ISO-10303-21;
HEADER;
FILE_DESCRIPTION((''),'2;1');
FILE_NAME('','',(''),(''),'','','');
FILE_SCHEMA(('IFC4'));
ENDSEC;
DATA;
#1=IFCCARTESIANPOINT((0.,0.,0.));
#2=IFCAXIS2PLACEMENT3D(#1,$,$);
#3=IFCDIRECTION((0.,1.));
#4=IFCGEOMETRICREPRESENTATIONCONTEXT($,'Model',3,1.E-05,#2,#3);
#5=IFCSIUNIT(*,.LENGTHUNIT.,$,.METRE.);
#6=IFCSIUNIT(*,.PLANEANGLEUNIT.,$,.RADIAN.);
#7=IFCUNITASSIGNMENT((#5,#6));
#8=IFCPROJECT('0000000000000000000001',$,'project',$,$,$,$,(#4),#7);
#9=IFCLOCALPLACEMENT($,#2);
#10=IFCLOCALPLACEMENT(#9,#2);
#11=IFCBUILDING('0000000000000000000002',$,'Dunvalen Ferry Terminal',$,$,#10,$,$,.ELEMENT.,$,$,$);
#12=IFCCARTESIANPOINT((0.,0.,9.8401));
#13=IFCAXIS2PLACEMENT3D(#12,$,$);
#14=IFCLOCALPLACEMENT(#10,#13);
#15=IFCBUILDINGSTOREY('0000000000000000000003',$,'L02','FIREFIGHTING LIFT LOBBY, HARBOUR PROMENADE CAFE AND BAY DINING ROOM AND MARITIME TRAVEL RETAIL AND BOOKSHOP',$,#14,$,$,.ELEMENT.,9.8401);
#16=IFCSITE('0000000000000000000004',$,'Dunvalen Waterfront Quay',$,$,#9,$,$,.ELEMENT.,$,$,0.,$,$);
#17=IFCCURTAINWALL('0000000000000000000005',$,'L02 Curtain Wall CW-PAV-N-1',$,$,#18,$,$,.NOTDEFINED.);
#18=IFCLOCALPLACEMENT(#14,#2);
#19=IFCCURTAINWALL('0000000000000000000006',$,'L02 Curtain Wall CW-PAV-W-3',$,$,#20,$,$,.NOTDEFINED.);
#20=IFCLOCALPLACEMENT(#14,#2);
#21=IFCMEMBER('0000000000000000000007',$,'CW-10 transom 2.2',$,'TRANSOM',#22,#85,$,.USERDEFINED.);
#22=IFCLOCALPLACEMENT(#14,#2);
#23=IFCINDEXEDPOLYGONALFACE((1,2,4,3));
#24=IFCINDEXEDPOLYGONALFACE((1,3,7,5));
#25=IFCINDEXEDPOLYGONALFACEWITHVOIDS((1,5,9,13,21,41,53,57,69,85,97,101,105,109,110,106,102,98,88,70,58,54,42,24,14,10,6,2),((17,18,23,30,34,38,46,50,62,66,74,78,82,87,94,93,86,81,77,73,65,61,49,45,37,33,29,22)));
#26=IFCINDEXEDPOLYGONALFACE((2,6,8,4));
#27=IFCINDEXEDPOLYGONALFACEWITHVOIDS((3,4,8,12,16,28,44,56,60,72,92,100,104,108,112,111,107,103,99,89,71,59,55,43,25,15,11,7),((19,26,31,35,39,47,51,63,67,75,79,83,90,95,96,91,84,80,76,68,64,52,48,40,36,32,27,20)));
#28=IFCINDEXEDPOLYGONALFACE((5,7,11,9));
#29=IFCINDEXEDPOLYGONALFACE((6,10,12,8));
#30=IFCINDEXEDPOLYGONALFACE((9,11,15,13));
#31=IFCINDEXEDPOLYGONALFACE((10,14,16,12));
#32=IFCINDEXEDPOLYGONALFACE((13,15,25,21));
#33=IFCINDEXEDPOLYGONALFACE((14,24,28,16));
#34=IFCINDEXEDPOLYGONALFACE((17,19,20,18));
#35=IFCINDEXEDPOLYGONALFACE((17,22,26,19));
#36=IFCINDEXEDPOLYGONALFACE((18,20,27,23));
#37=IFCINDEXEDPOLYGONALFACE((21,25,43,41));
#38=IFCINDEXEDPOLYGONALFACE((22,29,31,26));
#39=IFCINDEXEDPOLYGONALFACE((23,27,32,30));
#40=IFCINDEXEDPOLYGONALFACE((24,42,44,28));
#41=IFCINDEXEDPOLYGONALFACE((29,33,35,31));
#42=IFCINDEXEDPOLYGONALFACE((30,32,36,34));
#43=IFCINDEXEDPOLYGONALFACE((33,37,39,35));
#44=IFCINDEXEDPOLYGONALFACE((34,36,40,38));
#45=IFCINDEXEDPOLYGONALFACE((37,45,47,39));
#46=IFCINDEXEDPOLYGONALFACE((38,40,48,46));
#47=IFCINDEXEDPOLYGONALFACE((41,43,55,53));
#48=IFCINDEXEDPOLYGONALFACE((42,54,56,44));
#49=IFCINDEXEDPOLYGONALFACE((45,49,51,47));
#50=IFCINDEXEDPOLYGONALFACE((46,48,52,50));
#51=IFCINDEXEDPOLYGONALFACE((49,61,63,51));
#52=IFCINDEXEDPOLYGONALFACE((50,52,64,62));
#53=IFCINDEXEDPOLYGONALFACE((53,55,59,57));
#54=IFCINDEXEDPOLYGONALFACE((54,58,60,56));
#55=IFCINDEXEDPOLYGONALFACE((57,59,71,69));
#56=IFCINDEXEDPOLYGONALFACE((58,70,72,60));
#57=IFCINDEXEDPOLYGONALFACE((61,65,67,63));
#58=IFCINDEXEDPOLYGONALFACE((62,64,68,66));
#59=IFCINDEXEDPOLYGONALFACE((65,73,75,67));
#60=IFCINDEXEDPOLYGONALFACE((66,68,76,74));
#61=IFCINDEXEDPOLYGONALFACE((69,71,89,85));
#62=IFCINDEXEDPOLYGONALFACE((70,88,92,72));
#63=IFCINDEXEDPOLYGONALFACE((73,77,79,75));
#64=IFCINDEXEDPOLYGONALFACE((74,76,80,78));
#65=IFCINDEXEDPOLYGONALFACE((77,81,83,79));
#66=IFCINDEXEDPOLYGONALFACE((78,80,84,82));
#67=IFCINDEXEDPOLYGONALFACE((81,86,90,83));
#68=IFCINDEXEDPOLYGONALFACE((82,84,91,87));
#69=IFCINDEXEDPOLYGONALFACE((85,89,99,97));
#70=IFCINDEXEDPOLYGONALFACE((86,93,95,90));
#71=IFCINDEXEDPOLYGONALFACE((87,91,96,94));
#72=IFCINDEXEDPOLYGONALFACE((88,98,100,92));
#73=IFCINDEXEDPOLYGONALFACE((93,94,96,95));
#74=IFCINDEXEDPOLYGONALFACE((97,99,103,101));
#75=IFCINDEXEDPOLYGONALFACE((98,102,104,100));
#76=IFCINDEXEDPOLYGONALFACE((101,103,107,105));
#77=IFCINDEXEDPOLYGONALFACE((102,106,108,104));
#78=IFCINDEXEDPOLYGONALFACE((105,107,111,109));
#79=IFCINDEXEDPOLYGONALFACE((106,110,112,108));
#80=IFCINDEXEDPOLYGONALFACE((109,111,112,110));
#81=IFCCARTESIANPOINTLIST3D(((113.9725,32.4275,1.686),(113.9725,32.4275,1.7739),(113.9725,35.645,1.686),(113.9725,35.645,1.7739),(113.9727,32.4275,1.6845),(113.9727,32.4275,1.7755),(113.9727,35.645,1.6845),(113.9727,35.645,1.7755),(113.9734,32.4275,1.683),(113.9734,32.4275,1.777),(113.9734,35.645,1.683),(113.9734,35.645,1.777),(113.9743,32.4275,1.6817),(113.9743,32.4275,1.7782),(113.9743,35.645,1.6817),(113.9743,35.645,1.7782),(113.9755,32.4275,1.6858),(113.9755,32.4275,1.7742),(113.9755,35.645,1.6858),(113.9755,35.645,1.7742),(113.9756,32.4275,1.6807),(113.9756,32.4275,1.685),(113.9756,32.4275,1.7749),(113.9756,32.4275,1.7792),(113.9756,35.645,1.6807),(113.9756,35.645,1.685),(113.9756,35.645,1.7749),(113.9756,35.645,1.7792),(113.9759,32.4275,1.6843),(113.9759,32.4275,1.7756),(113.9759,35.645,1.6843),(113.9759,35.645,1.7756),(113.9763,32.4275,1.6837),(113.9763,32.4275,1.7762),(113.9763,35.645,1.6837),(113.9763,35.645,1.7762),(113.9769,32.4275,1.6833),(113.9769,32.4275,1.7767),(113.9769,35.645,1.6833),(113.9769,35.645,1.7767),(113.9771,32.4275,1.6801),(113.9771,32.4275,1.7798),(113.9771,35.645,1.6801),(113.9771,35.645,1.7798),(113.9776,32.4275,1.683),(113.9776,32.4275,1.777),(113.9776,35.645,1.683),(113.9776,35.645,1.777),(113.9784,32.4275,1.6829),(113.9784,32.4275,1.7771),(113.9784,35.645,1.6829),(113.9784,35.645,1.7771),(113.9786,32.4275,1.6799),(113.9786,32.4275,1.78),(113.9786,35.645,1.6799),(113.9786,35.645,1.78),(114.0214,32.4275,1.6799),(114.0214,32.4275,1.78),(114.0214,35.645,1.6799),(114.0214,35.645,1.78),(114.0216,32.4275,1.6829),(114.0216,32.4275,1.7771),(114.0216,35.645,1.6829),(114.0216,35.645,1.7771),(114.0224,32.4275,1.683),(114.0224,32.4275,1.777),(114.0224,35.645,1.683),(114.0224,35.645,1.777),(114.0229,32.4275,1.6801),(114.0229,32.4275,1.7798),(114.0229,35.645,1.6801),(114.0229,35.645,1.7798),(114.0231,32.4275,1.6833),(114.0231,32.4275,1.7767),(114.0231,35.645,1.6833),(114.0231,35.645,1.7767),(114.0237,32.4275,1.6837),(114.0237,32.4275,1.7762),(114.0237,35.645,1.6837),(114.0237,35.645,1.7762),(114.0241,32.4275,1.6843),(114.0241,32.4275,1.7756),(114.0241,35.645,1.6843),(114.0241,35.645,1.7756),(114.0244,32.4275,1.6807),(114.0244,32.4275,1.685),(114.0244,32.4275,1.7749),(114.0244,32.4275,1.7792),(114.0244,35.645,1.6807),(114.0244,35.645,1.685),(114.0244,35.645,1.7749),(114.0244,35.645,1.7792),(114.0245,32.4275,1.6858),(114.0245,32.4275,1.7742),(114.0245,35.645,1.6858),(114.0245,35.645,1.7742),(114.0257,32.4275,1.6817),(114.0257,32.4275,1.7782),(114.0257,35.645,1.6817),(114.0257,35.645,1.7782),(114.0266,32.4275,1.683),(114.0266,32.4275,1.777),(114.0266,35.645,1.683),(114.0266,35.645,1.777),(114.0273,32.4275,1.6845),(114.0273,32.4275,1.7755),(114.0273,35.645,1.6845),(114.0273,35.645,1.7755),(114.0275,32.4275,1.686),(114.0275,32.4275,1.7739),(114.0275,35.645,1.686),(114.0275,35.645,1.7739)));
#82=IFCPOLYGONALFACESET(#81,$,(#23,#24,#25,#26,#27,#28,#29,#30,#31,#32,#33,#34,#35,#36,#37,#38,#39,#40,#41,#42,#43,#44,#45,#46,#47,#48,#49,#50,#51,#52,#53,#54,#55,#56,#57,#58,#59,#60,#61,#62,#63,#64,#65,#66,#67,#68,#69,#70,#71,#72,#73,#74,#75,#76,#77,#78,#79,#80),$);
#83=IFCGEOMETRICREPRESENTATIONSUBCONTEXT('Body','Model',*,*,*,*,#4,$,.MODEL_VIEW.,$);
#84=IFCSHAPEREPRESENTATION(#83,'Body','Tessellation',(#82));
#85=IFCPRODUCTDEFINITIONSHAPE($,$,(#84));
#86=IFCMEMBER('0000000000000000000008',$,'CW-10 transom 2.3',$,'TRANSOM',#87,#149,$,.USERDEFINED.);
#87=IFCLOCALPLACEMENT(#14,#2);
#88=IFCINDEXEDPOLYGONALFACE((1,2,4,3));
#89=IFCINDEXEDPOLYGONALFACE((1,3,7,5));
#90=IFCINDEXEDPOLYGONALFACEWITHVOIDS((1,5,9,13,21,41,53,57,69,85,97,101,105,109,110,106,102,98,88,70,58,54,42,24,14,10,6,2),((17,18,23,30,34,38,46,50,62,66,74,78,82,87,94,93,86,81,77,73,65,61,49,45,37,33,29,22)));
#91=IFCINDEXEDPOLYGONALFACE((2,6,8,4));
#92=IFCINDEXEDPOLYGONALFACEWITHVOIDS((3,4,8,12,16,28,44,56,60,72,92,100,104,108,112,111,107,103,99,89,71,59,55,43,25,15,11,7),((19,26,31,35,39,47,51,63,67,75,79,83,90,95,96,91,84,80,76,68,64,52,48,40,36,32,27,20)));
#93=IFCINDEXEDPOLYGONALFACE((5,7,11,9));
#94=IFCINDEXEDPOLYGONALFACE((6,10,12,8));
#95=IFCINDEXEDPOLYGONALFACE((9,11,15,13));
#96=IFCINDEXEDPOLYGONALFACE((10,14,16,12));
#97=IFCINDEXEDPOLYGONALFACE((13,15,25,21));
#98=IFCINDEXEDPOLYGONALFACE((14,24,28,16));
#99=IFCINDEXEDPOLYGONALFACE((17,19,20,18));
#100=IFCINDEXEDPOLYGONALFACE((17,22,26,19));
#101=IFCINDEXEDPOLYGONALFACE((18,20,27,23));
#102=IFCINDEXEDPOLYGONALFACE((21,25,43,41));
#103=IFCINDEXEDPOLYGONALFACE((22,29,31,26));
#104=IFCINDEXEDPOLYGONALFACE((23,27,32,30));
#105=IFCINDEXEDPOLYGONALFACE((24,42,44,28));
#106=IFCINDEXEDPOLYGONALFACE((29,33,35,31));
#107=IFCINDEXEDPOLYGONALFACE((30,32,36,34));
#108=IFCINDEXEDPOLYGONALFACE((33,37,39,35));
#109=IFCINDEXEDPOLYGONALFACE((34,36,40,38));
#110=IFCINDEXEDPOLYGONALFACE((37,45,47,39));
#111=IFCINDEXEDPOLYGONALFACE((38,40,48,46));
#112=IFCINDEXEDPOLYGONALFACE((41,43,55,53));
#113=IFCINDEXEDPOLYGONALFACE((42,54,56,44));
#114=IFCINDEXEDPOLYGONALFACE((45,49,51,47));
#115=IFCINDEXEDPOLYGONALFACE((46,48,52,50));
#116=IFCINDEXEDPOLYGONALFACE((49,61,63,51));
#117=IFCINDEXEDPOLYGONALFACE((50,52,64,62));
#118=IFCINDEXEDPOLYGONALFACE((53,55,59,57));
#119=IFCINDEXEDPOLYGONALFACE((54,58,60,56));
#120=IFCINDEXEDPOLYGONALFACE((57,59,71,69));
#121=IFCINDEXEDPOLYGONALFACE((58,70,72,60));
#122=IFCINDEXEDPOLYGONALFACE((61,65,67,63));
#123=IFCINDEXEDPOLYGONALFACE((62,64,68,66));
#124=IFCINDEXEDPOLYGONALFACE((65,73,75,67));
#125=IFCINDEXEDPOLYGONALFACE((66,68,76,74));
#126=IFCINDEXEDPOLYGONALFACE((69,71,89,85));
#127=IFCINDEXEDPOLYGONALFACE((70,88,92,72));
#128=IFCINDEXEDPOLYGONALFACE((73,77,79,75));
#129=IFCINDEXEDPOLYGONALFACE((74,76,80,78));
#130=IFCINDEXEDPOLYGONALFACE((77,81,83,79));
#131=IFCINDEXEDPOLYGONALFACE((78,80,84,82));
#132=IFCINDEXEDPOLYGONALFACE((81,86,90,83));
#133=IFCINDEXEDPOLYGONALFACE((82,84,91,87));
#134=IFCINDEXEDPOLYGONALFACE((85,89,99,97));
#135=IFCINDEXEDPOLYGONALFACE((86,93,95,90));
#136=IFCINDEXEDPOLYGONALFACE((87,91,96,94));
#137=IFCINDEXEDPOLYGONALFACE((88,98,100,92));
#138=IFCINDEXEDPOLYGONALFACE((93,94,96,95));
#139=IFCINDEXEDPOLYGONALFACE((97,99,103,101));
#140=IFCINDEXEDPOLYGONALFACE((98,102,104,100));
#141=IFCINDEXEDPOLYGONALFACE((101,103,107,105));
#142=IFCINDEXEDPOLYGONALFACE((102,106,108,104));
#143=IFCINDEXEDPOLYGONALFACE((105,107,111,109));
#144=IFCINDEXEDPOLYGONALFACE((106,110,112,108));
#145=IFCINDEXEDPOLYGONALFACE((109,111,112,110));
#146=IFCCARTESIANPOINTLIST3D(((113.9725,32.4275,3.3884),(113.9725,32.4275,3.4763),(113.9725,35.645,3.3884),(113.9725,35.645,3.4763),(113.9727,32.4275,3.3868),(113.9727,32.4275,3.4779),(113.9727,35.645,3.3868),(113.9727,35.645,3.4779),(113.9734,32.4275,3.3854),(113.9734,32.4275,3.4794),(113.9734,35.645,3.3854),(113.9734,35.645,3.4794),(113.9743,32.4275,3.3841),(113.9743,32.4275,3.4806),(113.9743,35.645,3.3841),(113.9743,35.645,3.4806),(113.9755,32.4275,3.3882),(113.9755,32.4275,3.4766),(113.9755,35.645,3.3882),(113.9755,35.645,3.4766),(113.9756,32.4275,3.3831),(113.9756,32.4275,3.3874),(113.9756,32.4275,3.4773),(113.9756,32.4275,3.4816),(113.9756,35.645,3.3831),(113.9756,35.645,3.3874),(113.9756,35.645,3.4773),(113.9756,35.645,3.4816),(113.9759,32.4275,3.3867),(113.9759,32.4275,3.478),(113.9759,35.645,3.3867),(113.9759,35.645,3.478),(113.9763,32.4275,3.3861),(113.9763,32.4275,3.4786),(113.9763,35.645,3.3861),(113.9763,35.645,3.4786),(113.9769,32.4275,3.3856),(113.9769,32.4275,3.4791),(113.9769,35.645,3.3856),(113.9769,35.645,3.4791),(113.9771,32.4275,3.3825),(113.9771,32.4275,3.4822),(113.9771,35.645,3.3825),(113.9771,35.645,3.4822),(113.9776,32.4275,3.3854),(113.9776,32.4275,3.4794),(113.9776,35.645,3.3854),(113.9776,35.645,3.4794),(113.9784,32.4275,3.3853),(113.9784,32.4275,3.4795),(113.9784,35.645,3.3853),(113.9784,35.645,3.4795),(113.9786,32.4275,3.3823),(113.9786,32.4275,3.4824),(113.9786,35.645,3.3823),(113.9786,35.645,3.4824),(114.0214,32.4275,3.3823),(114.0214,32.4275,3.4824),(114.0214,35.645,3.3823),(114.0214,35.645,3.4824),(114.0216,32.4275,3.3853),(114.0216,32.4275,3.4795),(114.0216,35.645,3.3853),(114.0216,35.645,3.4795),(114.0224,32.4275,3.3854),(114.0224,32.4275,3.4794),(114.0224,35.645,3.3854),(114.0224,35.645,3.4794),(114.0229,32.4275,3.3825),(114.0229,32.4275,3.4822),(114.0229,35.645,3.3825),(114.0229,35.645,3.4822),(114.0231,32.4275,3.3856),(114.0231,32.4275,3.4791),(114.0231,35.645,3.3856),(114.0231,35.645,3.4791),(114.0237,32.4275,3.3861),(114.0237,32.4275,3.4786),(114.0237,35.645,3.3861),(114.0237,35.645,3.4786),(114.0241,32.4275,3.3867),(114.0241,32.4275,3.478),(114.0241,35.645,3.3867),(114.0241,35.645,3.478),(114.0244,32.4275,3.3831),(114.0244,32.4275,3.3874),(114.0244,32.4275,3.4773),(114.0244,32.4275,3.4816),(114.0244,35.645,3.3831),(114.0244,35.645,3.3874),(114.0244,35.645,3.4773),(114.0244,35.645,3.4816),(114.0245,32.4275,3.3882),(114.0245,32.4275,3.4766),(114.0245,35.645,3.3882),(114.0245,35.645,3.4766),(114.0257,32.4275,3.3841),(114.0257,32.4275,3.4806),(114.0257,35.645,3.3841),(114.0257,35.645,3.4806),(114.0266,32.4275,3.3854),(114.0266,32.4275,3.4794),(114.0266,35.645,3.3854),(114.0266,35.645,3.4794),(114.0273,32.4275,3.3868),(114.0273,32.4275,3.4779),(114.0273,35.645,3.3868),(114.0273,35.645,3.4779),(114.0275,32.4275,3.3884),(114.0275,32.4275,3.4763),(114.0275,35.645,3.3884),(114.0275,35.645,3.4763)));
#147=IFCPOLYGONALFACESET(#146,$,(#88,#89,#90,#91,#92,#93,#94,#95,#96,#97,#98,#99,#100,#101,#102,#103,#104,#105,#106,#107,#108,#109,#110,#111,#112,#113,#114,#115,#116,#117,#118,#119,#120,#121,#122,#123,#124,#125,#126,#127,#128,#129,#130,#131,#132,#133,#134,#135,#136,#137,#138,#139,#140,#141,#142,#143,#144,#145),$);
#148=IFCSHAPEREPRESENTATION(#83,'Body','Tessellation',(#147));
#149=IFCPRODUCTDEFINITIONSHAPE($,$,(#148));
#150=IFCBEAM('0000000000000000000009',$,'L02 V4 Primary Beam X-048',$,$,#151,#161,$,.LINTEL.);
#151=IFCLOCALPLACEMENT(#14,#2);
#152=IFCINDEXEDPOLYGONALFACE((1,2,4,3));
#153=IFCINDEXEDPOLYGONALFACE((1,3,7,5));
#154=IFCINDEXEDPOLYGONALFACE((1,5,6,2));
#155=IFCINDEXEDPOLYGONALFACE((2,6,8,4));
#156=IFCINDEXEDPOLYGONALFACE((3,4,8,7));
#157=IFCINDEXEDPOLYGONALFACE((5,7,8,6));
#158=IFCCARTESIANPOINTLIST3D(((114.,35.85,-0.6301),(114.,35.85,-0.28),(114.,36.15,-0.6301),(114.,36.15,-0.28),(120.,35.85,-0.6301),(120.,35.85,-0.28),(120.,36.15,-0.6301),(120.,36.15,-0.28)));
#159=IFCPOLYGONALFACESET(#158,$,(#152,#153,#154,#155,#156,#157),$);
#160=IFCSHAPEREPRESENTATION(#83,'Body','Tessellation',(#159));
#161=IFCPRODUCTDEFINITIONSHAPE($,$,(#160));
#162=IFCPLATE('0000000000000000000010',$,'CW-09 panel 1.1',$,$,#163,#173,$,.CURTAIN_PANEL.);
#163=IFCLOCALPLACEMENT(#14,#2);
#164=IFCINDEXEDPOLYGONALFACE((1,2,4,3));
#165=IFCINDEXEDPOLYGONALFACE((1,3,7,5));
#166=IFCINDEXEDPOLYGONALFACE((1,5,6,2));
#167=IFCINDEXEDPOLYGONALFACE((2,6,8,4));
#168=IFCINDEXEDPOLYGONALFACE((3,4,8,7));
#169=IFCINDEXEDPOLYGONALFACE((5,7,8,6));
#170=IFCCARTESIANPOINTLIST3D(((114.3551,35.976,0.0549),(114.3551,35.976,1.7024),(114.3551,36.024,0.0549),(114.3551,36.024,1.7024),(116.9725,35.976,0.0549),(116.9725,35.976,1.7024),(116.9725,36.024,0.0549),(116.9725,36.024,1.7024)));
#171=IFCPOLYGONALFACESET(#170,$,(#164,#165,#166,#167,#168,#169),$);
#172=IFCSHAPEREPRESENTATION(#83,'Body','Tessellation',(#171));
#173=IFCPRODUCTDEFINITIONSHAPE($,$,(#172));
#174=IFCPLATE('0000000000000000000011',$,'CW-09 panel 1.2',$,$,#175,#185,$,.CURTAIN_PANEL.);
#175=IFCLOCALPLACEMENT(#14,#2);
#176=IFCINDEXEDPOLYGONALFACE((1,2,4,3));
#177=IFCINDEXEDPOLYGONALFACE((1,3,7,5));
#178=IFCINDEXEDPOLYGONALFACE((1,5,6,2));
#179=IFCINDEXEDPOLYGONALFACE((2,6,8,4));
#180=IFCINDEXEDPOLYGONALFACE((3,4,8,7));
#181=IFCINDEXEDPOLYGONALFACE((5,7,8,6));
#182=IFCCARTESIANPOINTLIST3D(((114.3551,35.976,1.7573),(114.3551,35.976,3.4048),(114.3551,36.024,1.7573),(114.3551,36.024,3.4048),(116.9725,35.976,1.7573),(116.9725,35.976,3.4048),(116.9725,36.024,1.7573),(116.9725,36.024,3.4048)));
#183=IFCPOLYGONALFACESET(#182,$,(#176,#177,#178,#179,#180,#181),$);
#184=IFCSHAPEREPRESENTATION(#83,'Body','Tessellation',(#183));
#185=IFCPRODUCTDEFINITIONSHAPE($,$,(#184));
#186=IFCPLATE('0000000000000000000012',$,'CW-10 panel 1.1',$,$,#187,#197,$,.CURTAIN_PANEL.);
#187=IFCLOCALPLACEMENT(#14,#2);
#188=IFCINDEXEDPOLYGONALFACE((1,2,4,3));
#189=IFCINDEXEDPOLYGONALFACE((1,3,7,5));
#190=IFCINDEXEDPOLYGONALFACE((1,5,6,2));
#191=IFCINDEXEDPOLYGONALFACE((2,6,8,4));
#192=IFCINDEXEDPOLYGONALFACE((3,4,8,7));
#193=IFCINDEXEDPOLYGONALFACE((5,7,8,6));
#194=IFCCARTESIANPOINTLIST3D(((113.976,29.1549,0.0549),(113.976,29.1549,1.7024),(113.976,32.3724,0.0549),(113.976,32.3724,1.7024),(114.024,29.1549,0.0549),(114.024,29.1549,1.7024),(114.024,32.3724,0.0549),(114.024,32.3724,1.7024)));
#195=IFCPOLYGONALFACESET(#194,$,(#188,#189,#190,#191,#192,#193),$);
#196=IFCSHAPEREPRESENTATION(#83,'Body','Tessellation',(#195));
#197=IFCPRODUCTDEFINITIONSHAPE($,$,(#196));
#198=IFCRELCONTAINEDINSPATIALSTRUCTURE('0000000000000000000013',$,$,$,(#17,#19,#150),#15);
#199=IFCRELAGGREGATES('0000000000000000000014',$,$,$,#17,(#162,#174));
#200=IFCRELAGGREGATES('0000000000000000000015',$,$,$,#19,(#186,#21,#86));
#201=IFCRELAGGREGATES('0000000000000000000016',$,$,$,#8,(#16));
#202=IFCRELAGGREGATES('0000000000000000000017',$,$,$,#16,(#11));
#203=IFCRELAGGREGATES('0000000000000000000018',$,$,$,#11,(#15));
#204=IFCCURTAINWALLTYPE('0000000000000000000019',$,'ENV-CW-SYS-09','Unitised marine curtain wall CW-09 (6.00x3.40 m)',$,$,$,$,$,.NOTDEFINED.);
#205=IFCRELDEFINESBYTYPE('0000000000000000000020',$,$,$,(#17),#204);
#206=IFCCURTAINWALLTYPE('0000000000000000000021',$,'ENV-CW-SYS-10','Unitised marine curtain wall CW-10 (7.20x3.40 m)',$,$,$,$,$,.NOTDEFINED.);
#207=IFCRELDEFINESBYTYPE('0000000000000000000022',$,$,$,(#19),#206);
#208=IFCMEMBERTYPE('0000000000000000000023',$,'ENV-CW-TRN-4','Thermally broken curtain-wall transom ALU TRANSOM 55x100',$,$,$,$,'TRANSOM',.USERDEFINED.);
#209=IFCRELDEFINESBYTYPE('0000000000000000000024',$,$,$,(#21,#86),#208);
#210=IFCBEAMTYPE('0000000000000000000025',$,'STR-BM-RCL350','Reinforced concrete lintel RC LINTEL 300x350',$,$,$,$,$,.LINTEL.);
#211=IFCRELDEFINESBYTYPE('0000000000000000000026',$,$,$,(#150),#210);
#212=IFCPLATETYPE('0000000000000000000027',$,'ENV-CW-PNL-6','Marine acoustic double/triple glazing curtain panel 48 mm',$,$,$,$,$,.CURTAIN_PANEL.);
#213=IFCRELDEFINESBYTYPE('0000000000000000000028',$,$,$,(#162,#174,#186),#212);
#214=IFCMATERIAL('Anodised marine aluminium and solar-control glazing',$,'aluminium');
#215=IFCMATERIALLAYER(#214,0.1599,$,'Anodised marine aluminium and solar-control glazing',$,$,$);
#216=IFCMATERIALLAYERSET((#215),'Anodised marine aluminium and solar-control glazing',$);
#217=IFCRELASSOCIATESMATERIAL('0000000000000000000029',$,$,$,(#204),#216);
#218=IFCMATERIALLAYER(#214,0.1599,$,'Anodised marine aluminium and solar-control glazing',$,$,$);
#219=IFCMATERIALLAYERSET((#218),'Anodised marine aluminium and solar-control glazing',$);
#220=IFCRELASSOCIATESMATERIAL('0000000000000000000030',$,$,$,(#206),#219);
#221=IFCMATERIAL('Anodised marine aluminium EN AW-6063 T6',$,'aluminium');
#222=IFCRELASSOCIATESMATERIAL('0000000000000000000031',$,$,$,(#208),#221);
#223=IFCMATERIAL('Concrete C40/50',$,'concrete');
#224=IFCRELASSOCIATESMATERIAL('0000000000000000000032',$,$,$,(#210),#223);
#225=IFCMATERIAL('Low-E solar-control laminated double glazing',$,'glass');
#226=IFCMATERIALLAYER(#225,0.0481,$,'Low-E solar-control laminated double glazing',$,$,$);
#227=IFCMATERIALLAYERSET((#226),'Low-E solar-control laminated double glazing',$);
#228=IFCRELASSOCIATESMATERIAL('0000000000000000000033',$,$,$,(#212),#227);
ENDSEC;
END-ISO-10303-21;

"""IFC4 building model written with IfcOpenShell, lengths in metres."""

from ifc_helpers import new_model, si_unit, direction, frame, origin, origin_2d, place, context, subcontext, project, spatial, rectangle, hollow_rectangle, extrude, material, layer, layer_set, material_profile, profile_set, type_object, element, aggregate, save


model = new_model("IFC4")

# Units and contexts
model_context = context("Model", 3, precision=1e-05, world=origin(), true_north=direction((0.0, 1.0)))
body_context = subcontext(model_context, "Body", "Model", "MODEL_VIEW")
ifc_project = project(units=[si_unit("LENGTHUNIT", "METRE"), si_unit("PLANEANGLEUNIT", "RADIAN")], contexts=[model_context])

# Site, building, storey
site_placement = place(None, origin())
site = spatial("IfcSite", under=ifc_project, at=site_placement, Name="Dunvalen Waterfront Quay", CompositionType="ELEMENT", RefElevation=0.0)
building_placement = place(site_placement, origin())
building = spatial("IfcBuilding", under=site, at=building_placement, Name="Dunvalen Ferry Terminal", CompositionType="ELEMENT")
storey_placement = place(building_placement, frame((0.0, 0.0, 9.8401)))
storey = spatial("IfcBuildingStorey", under=building, at=storey_placement, Name="L02", Description="FIREFIGHTING LIFT LOBBY, HARBOUR PROMENADE CAFE AND BAY DINING ROOM AND MARITIME TRAVEL RETAIL AND BOOKSHOP", CompositionType="ELEMENT", Elevation=9.8401)

# Curtain walls
ifc_material_1 = material(Name="Anodised marine aluminium and solar-control glazing", Category="aluminium")
ifc_layer_1 = layer(ifc_material_1, 0.1599, Name="Anodised marine aluminium and solar-control glazing")
ifc_layer_set_1 = layer_set([ifc_layer_1], Name="Anodised marine aluminium and solar-control glazing")
curtain_wall_type_1 = type_object("IfcCurtainWallType", Name="ENV-CW-SYS-09", Description="Unitised marine curtain wall CW-09 (6.00x3.40 m)", PredefinedType="NOTDEFINED", material=ifc_layer_set_1)
curtain_wall_1_placement = place(storey_placement, origin())
curtain_wall_1 = element("IfcCurtainWall", 1, at=curtain_wall_1_placement, inside=storey, type_object=curtain_wall_type_1, Name="L02 Curtain Wall CW-PAV-N-1", PredefinedType="NOTDEFINED")
ifc_material_2 = material(Name="Anodised marine aluminium EN AW-6063 T6", Category="aluminium")
ifc_layer_2 = layer(ifc_material_1, 0.1599, Name="Anodised marine aluminium and solar-control glazing")
ifc_layer_set_2 = layer_set([ifc_layer_2], Name="Anodised marine aluminium and solar-control glazing")
curtain_wall_type_2 = type_object("IfcCurtainWallType", Name="ENV-CW-SYS-10", Description="Unitised marine curtain wall CW-10 (7.20x3.40 m)", PredefinedType="NOTDEFINED", material=ifc_layer_set_2)
curtain_wall_2_placement = place(storey_placement, origin())
curtain_wall_2 = element("IfcCurtainWall", 2, at=curtain_wall_2_placement, inside=storey, type_object=curtain_wall_type_2, Name="L02 Curtain Wall CW-PAV-W-3", PredefinedType="NOTDEFINED")

# Members
ifc_material_profile_1 = material_profile(ifc_material_2, hollow_rectangle(XDim=0.0549, YDim=0.1001, WallThickness=0.0029, InnerFilletRadius=0.0029, OuterFilletRadius=0.0061, at=origin_2d()), Name="Anodised marine aluminium EN AW-6063 T6")
ifc_profile_set_1 = profile_set([ifc_material_profile_1], Name="Anodised marine aluminium EN AW-6063 T6")
member_type_1 = type_object("IfcMemberType", Name="ENV-CW-TRN-4", Description="Thermally broken curtain-wall transom ALU TRANSOM 55x100", ElementType="TRANSOM", PredefinedType="USERDEFINED", material=ifc_profile_set_1)
member_1_placement = place(storey_placement, frame((114.0, 32.4275, 1.73), z_axis=(0.0, 1.0, 0.0), x_axis=(-1.0, 0.0, 0.0)))
member_1 = element("IfcMember", 3, at=member_1_placement, type_object=member_type_1, Name="CW-10 transom 2.2", ObjectType="TRANSOM", PredefinedType="USERDEFINED", context=body_context, shape_type="SweptSolid", body=[
    extrude(hollow_rectangle(XDim=0.0549, YDim=0.1001, WallThickness=0.0029, InnerFilletRadius=0.0029, OuterFilletRadius=0.0061, at=origin_2d()), origin(), (0.0, 0.0, 1.0), 3.2175),
])
member_2_placement = place(storey_placement, frame((114.0, 32.4275, 3.4324), z_axis=(0.0, 1.0, 0.0), x_axis=(-1.0, 0.0, 0.0)))
member_2 = element("IfcMember", 4, at=member_2_placement, type_object=member_type_1, Name="CW-10 transom 2.3", ObjectType="TRANSOM", PredefinedType="USERDEFINED", context=body_context, shape_type="SweptSolid", body=[
    extrude(hollow_rectangle(XDim=0.0549, YDim=0.1001, WallThickness=0.0029, InnerFilletRadius=0.0029, OuterFilletRadius=0.0061, at=origin_2d()), origin(), (0.0, 0.0, 1.0), 3.2175),
])

# Beam
ifc_material_3 = material(Name="Concrete C40/50", Category="concrete")
ifc_material_profile_2 = material_profile(ifc_material_3, rectangle(XDim=0.3, YDim=0.3501, at=origin_2d()), Name="Concrete C40/50")
ifc_profile_set_2 = profile_set([ifc_material_profile_2], Name="Concrete C40/50")
beam_type = type_object("IfcBeamType", Name="STR-BM-RCL350", Description="Reinforced concrete lintel RC LINTEL 300x350", PredefinedType="LINTEL", material=ifc_profile_set_2)
beam_placement = place(storey_placement, frame((114.0, 36.0, -0.4551), z_axis=(1.0, 0.0, 0.0), x_axis=(0.0, 1.0, 0.0)))
element("IfcBeam", 5, at=beam_placement, inside=storey, type_object=beam_type, Name="L02 V4 Primary Beam X-048", PredefinedType="LINTEL", context=body_context, shape_type="SweptSolid", body=[
    extrude(rectangle(XDim=0.3, YDim=0.3501, at=origin_2d()), origin(), (0.0, 0.0, 1.0), 6.0),
])

# Plates
ifc_material_4 = material(Name="Low-E solar-control laminated double glazing", Category="glass")
ifc_layer_3 = layer(ifc_material_4, 0.0481, Name="Low-E solar-control laminated double glazing")
ifc_layer_set_3 = layer_set([ifc_layer_3], Name="Low-E solar-control laminated double glazing")
plate_type = type_object("IfcPlateType", Name="ENV-CW-PNL-6", Description="Marine acoustic double/triple glazing curtain panel 48 mm", PredefinedType="CURTAIN_PANEL", material=ifc_layer_set_3)
plate_1_placement = place(storey_placement, frame((115.6638, 36.0, 0.0549), z_axis=(0.0, 0.0, 1.0), x_axis=(1.0, 0.0, 0.0)))
plate_1 = element("IfcPlate", 6, at=plate_1_placement, type_object=plate_type, Name="CW-09 panel 1.1", PredefinedType="CURTAIN_PANEL", context=body_context, shape_type="SweptSolid", body=[
    extrude(rectangle(XDim=2.6174, YDim=0.0481, at=origin_2d()), origin(), (0.0, 0.0, 1.0), 1.6475),
])
plate_2_placement = place(storey_placement, frame((115.6638, 36.0, 1.7573), z_axis=(0.0, 0.0, 1.0), x_axis=(1.0, 0.0, 0.0)))
plate_2 = element("IfcPlate", 7, at=plate_2_placement, type_object=plate_type, Name="CW-09 panel 1.2", PredefinedType="CURTAIN_PANEL", context=body_context, shape_type="SweptSolid", body=[
    extrude(rectangle(XDim=2.6174, YDim=0.0481, at=origin_2d()), origin(), (0.0, 0.0, 1.0), 1.6475),
])
aggregate(curtain_wall_1, [plate_1, plate_2])
plate_3_placement = place(storey_placement, frame((114.0, 30.7637, 0.0549), z_axis=(0.0, 0.0, 1.0), x_axis=(0.0, 1.0, 0.0)))
plate_3 = element("IfcPlate", 8, at=plate_3_placement, type_object=plate_type, Name="CW-10 panel 1.1", PredefinedType="CURTAIN_PANEL", context=body_context, shape_type="SweptSolid", body=[
    extrude(rectangle(XDim=3.2175, YDim=0.0481, at=origin_2d()), origin(), (0.0, 0.0, 1.0), 1.6475),
])
aggregate(curtain_wall_2, [plate_3, member_1, member_2])

save(model, "model.ifc")
